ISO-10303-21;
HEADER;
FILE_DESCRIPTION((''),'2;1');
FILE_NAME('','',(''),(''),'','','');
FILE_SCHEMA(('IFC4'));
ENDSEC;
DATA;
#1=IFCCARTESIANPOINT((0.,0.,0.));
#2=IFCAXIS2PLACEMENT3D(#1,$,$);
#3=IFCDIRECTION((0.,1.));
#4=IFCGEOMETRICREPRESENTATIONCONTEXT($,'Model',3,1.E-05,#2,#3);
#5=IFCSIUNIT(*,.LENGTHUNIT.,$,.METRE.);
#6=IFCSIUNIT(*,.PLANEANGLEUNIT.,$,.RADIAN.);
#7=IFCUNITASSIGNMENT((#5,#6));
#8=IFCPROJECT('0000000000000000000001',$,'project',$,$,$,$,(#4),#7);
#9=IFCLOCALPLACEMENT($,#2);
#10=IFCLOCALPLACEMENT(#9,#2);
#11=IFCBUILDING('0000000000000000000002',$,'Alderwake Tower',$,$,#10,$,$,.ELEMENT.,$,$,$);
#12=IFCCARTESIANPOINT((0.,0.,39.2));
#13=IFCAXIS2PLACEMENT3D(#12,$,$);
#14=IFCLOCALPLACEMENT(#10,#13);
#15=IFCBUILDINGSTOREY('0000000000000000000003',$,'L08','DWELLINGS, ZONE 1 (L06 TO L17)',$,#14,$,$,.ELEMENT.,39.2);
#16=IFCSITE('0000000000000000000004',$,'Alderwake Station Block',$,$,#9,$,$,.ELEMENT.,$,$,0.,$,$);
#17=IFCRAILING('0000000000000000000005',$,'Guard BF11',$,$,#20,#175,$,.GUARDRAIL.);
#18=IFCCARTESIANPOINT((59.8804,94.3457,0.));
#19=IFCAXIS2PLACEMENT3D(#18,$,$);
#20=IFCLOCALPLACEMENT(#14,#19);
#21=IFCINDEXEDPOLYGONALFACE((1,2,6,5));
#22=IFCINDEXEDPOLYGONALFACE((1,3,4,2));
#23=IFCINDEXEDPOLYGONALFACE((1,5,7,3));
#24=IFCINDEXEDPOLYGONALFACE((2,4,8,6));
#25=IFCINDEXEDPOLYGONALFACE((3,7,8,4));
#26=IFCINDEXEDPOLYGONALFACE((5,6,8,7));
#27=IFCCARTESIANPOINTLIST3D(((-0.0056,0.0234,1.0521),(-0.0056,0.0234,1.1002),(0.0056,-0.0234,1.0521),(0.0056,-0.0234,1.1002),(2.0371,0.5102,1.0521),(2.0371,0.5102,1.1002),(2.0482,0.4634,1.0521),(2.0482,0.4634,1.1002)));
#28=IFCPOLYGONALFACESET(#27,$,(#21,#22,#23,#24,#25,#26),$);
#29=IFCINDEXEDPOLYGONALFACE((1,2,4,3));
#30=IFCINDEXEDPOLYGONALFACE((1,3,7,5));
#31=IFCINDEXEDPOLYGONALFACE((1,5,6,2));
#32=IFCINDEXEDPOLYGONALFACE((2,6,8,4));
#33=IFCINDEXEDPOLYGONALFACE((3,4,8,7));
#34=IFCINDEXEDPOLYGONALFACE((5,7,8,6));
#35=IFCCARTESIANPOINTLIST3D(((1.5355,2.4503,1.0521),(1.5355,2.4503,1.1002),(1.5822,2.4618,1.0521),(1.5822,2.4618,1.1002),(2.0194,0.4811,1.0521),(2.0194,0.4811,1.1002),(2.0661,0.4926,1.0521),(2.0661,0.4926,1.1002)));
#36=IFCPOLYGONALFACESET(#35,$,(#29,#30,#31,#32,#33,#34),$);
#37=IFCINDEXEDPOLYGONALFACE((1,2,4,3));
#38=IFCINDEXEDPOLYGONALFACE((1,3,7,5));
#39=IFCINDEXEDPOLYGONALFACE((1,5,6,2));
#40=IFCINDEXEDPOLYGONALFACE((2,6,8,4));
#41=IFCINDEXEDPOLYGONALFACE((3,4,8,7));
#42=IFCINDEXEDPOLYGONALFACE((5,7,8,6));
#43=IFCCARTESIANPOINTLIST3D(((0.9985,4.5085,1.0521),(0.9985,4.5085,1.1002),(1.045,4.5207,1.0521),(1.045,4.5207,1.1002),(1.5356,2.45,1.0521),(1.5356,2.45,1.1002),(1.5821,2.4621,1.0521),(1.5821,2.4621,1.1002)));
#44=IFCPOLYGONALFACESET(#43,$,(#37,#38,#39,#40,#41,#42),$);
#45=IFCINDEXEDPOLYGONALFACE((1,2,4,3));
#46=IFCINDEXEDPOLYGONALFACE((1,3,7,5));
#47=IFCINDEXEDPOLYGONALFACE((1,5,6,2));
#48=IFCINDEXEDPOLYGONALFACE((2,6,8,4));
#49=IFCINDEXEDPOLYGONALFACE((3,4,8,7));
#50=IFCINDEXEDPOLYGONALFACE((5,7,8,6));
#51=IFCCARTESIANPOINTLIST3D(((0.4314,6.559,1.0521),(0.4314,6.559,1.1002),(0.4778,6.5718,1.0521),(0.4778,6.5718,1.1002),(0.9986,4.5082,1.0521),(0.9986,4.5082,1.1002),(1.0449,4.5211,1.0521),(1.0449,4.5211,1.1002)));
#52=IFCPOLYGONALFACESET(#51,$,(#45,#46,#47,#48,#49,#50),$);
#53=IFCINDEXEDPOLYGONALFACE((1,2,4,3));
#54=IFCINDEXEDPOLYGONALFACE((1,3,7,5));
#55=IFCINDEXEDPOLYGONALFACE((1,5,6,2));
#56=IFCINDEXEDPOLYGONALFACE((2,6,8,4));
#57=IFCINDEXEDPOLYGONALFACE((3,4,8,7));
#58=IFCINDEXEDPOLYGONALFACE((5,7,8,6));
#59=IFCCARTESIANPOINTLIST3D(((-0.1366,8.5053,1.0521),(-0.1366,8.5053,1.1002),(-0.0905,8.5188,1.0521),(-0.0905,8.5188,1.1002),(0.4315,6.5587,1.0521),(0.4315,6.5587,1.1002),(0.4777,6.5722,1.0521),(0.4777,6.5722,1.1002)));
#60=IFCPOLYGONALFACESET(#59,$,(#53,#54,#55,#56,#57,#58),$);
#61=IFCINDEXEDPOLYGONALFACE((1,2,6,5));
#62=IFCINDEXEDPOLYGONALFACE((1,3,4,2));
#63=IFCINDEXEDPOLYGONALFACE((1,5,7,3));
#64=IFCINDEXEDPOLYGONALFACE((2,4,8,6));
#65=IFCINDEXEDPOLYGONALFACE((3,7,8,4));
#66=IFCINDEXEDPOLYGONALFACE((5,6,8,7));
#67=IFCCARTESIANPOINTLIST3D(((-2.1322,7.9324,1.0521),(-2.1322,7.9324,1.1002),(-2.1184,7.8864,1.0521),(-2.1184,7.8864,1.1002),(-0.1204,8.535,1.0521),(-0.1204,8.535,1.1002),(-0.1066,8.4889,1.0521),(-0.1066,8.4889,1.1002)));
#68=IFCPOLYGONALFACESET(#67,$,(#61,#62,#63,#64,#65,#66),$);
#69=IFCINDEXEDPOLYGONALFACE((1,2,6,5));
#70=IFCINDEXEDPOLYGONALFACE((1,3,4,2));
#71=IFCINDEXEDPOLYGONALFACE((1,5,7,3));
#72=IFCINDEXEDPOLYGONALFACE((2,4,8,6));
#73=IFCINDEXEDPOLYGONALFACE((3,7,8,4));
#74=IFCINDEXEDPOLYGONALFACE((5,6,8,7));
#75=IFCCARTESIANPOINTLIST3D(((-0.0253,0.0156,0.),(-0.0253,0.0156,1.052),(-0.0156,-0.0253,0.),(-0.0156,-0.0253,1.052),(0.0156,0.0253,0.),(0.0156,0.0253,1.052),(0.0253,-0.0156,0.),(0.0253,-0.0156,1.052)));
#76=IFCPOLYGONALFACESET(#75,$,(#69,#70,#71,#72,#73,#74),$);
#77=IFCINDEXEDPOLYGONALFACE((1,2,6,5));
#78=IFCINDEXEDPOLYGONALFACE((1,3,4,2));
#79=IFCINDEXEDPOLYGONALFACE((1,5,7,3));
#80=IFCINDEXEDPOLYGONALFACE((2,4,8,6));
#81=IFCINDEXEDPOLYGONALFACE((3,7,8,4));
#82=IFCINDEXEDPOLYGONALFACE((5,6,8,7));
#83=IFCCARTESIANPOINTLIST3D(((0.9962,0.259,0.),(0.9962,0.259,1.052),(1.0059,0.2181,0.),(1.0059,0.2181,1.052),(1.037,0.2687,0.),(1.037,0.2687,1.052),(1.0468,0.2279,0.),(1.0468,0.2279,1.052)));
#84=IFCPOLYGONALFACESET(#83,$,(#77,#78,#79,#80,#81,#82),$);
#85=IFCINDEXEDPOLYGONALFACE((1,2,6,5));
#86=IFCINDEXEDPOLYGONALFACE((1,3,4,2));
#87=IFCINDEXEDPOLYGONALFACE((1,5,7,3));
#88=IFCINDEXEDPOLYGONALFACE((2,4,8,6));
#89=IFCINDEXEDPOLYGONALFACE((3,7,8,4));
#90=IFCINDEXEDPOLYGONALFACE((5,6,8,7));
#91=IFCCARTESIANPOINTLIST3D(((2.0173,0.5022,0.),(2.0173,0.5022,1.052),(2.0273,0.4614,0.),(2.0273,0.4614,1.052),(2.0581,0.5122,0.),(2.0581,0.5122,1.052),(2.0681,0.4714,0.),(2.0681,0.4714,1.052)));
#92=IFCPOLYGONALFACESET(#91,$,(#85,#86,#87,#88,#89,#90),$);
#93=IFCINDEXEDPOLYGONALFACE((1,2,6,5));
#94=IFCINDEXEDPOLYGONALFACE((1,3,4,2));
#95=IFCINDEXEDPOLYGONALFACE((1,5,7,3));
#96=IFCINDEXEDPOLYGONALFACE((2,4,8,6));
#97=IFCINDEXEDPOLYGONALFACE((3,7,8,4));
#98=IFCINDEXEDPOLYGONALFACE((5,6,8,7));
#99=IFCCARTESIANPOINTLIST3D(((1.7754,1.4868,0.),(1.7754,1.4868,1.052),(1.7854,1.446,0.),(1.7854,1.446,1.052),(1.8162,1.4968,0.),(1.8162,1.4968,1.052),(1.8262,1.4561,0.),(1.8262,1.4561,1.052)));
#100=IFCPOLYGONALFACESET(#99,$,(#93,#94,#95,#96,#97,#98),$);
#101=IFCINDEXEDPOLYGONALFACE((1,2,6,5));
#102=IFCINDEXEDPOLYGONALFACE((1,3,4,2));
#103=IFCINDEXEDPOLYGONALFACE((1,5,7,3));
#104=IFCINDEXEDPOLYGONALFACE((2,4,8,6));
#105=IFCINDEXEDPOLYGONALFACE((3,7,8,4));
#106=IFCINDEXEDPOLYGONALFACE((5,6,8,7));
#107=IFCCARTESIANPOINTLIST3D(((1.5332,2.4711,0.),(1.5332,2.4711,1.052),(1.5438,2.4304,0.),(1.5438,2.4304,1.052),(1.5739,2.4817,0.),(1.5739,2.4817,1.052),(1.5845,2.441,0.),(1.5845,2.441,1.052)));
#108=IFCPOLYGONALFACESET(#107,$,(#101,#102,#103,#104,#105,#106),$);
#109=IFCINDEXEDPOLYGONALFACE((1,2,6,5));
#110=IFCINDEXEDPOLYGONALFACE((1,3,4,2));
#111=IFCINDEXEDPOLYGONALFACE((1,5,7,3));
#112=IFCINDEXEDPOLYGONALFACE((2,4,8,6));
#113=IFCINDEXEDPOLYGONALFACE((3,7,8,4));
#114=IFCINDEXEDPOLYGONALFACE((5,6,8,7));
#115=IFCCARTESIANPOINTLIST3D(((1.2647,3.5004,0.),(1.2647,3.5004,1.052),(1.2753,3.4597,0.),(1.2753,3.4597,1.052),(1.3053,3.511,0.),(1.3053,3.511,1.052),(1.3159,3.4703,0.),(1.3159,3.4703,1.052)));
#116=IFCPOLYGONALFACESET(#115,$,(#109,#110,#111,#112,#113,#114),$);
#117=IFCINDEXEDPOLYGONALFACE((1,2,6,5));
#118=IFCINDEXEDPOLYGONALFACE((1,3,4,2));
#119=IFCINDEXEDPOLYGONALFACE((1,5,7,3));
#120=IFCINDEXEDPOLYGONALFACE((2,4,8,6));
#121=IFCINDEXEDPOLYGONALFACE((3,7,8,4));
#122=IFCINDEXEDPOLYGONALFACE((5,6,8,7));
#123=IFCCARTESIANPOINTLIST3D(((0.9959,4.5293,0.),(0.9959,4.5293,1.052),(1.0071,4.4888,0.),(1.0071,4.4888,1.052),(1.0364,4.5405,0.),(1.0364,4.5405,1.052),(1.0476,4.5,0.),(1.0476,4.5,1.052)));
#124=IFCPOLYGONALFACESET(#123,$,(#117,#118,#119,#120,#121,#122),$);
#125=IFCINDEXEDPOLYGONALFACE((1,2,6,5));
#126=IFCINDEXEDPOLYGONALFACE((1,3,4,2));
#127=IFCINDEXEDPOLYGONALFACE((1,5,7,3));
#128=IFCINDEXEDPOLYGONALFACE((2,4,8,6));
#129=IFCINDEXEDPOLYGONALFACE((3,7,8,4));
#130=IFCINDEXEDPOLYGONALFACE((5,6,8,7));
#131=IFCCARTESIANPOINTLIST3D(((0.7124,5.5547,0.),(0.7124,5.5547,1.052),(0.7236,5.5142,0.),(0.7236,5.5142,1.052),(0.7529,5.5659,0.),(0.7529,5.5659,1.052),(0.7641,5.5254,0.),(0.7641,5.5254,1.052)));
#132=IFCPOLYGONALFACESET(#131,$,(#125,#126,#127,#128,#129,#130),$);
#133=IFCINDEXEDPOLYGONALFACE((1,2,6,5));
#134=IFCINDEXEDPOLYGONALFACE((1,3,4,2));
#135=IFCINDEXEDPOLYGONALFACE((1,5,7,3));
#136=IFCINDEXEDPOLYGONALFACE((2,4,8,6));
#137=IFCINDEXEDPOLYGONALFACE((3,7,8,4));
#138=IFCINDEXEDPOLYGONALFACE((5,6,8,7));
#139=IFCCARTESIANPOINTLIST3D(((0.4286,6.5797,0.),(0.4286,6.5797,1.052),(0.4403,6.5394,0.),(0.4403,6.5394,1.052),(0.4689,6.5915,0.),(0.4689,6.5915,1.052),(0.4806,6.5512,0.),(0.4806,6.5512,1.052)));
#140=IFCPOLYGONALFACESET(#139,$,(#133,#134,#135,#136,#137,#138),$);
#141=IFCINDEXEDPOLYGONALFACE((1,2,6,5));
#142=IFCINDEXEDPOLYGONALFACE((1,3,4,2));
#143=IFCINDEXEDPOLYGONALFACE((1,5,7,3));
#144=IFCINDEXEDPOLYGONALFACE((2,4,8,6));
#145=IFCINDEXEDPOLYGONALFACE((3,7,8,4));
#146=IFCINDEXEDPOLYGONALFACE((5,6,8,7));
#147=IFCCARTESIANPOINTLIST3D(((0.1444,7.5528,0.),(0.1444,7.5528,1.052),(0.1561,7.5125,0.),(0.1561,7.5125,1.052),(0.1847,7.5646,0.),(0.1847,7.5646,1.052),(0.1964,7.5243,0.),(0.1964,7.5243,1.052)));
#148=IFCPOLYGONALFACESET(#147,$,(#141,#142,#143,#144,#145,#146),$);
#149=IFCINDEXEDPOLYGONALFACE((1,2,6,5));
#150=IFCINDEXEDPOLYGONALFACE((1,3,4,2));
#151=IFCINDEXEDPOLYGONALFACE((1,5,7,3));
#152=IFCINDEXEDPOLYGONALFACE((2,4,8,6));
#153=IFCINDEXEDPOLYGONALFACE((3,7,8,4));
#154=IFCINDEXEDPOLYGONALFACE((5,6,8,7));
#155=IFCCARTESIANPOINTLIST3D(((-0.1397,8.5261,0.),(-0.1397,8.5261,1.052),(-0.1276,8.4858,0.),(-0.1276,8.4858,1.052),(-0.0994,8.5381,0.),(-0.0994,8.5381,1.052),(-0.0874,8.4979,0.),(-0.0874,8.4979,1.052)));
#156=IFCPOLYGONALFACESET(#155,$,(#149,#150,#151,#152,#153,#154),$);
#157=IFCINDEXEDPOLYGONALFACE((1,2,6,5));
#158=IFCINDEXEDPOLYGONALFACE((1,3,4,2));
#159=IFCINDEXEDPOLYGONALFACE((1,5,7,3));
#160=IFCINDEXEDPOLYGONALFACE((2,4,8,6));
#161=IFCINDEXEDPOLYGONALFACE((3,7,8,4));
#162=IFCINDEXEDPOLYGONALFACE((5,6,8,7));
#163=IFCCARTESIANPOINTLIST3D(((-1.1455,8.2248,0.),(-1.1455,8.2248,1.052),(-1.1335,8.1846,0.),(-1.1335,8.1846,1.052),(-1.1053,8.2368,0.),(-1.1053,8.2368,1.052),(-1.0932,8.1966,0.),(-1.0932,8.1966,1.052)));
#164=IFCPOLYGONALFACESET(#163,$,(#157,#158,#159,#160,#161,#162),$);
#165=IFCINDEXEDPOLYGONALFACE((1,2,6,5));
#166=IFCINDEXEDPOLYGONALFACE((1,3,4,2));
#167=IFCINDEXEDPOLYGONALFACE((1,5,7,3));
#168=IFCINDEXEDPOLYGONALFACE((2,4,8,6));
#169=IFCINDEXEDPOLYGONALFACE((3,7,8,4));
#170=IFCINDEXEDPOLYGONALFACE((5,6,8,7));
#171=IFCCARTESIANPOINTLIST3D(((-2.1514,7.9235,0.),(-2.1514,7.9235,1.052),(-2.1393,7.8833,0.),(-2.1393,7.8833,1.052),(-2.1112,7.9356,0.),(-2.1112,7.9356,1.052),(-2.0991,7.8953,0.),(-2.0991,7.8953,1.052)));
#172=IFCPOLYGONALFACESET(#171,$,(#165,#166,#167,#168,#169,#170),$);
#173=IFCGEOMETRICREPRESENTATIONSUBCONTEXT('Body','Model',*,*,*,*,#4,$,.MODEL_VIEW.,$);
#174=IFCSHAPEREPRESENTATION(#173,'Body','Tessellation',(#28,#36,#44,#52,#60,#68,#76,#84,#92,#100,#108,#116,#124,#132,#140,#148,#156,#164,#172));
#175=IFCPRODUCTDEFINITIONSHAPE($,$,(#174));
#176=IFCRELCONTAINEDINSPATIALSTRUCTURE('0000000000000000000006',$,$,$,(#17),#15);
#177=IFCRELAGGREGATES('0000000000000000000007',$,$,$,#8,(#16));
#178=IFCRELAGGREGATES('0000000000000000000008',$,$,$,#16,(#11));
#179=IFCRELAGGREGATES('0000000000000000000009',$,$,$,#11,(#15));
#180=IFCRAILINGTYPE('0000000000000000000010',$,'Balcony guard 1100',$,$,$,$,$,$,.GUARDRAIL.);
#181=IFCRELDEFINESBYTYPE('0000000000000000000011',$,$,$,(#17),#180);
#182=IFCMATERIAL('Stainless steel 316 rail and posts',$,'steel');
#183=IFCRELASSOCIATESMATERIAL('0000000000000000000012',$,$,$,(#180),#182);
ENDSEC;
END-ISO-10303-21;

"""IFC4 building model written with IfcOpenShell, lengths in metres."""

from ifc_helpers import new_model, si_unit, direction, frame, origin, origin_2d, place, context, subcontext, project, spatial, rectangle, extrude, material, type_object, element, save


model = new_model("IFC4")

# Units and contexts
model_context = context("Model", 3, precision=1e-05, world=origin(), true_north=direction((0.0, 1.0)))
body_context = subcontext(model_context, "Body", "Model", "MODEL_VIEW")
ifc_project = project(units=[si_unit("LENGTHUNIT", "METRE"), si_unit("PLANEANGLEUNIT", "RADIAN")], contexts=[model_context])

# Site, building, storey
site_placement = place(None, origin())
site = spatial("IfcSite", under=ifc_project, at=site_placement, Name="Alderwake Station Block", CompositionType="ELEMENT", RefElevation=0.0)
building_placement = place(site_placement, origin())
building = spatial("IfcBuilding", under=site, at=building_placement, Name="Alderwake Tower", CompositionType="ELEMENT")
storey_placement = place(building_placement, frame((0.0, 0.0, 39.2)))
storey = spatial("IfcBuildingStorey", under=building, at=storey_placement, Name="L08", Description="DWELLINGS, ZONE 1 (L06 TO L17)", CompositionType="ELEMENT", Elevation=39.2)

# Railing
ifc_material_1 = material(Name="Stainless steel 316 rail and posts", Category="steel")
railing_type = type_object("IfcRailingType", Name="Balcony guard 1100", PredefinedType="GUARDRAIL", material=ifc_material_1)
railing_1_placement = place(storey_placement, frame((59.8804, 94.3457, 0.0)))
element("IfcRailing", 1, at=railing_1_placement, inside=storey, type_object=railing_type, Name="Guard BF11", PredefinedType="GUARDRAIL", context=body_context, shape_type="SweptSolid", body=[
    extrude(rectangle(XDim=0.0481, YDim=0.0481, at=origin_2d()), frame((0.0, 0.0, 1.0762), z_axis=(0.972758, 0.231825, 0.0), x_axis=(-0.231825, 0.972758, 0.0)), (0.0, 0.0, 1.0), 2.0999),
    extrude(rectangle(XDim=0.0481, YDim=0.0481, at=origin_2d()), frame((2.0427, 0.4868, 1.0762), z_axis=(-0.238624, 0.971112, 0.0), x_axis=(-0.971112, -0.238624, 0.0)), (0.0, 0.0, 1.0), 2.0278),
    extrude(rectangle(XDim=0.0481, YDim=0.0481, at=origin_2d()), frame((1.5588, 2.4561, 1.0762), z_axis=(-0.252459, 0.967608, 0.0), x_axis=(-0.967608, -0.252459, 0.0)), (0.0, 0.0, 1.0), 2.1274),
    extrude(rectangle(XDim=0.0481, YDim=0.0481, at=origin_2d()), frame((1.0217, 4.5146, 1.0762), z_axis=(-0.266543, 0.963823, 0.0), x_axis=(-0.963823, -0.266543, 0.0)), (0.0, 0.0, 1.0), 2.1277),
    extrude(rectangle(XDim=0.0481, YDim=0.0481, at=origin_2d()), frame((0.4546, 6.5654, 1.0762), z_axis=(-0.280171, 0.95995, 0.0), x_axis=(-0.95995, -0.280171, 0.0)), (0.0, 0.0, 1.0), 2.0278),
    extrude(rectangle(XDim=0.0481, YDim=0.0481, at=origin_2d()), frame((-0.1135, 8.512, 1.0762), z_axis=(-0.957954, -0.286921, 0.0), x_axis=(0.286921, -0.957954, 0.0)), (0.0, 0.0, 1.0), 2.1001),
    extrude(rectangle(XDim=0.042, YDim=0.042, at=origin_2d()), frame((0.0, 0.0, 0.0), z_axis=(0.0, 0.0, 1.0), x_axis=(0.972758, 0.231825, 0.0)), (0.0, 0.0, 1.0), 1.052),
    extrude(rectangle(XDim=0.042, YDim=0.042, at=origin_2d()), frame((1.0215, 0.2434, 0.0), z_axis=(0.0, 0.0, 1.0), x_axis=(0.972758, 0.231825, 0.0)), (0.0, 0.0, 1.0), 1.052),
    extrude(rectangle(XDim=0.042, YDim=0.042, at=origin_2d()), frame((2.0427, 0.4868, 0.0), z_axis=(0.0, 0.0, 1.0), x_axis=(-0.238624, 0.971112, 0.0)), (0.0, 0.0, 1.0), 1.052),
    extrude(rectangle(XDim=0.042, YDim=0.042, at=origin_2d()), frame((1.8008, 1.4714, 0.0), z_axis=(0.0, 0.0, 1.0), x_axis=(-0.238624, 0.971112, 0.0)), (0.0, 0.0, 1.0), 1.052),
    extrude(rectangle(XDim=0.042, YDim=0.042, at=origin_2d()), frame((1.5588, 2.4561, 0.0), z_axis=(0.0, 0.0, 1.0), x_axis=(-0.252459, 0.967608, 0.0)), (0.0, 0.0, 1.0), 1.052),
    extrude(rectangle(XDim=0.042, YDim=0.042, at=origin_2d()), frame((1.2903, 3.4854, 0.0), z_axis=(0.0, 0.0, 1.0), x_axis=(-0.252459, 0.967608, 0.0)), (0.0, 0.0, 1.0), 1.052),
    extrude(rectangle(XDim=0.042, YDim=0.042, at=origin_2d()), frame((1.0217, 4.5146, 0.0), z_axis=(0.0, 0.0, 1.0), x_axis=(-0.266543, 0.963823, 0.0)), (0.0, 0.0, 1.0), 1.052),
    extrude(rectangle(XDim=0.042, YDim=0.042, at=origin_2d()), frame((0.7383, 5.54, 0.0), z_axis=(0.0, 0.0, 1.0), x_axis=(-0.266543, 0.963823, 0.0)), (0.0, 0.0, 1.0), 1.052),
    extrude(rectangle(XDim=0.042, YDim=0.042, at=origin_2d()), frame((0.4546, 6.5654, 0.0), z_axis=(0.0, 0.0, 1.0), x_axis=(-0.280171, 0.95995, 0.0)), (0.0, 0.0, 1.0), 1.052),
    extrude(rectangle(XDim=0.042, YDim=0.042, at=origin_2d()), frame((0.1704, 7.5386, 0.0), z_axis=(0.0, 0.0, 1.0), x_axis=(-0.280171, 0.95995, 0.0)), (0.0, 0.0, 1.0), 1.052),
    extrude(rectangle(XDim=0.042, YDim=0.042, at=origin_2d()), frame((-0.1135, 8.512, 0.0), z_axis=(0.0, 0.0, 1.0), x_axis=(-0.957954, -0.286921, 0.0)), (0.0, 0.0, 1.0), 1.052),
    extrude(rectangle(XDim=0.042, YDim=0.042, at=origin_2d()), frame((-1.1194, 8.2107, 0.0), z_axis=(0.0, 0.0, 1.0), x_axis=(-0.957954, -0.286921, 0.0)), (0.0, 0.0, 1.0), 1.052),
    extrude(rectangle(XDim=0.042, YDim=0.042, at=origin_2d()), frame((-2.1252, 7.9094, 0.0), z_axis=(0.0, 0.0, 1.0), x_axis=(-0.957954, -0.286921, 0.0)), (0.0, 0.0, 1.0), 1.052),
])

save(model, "model.ifc")
